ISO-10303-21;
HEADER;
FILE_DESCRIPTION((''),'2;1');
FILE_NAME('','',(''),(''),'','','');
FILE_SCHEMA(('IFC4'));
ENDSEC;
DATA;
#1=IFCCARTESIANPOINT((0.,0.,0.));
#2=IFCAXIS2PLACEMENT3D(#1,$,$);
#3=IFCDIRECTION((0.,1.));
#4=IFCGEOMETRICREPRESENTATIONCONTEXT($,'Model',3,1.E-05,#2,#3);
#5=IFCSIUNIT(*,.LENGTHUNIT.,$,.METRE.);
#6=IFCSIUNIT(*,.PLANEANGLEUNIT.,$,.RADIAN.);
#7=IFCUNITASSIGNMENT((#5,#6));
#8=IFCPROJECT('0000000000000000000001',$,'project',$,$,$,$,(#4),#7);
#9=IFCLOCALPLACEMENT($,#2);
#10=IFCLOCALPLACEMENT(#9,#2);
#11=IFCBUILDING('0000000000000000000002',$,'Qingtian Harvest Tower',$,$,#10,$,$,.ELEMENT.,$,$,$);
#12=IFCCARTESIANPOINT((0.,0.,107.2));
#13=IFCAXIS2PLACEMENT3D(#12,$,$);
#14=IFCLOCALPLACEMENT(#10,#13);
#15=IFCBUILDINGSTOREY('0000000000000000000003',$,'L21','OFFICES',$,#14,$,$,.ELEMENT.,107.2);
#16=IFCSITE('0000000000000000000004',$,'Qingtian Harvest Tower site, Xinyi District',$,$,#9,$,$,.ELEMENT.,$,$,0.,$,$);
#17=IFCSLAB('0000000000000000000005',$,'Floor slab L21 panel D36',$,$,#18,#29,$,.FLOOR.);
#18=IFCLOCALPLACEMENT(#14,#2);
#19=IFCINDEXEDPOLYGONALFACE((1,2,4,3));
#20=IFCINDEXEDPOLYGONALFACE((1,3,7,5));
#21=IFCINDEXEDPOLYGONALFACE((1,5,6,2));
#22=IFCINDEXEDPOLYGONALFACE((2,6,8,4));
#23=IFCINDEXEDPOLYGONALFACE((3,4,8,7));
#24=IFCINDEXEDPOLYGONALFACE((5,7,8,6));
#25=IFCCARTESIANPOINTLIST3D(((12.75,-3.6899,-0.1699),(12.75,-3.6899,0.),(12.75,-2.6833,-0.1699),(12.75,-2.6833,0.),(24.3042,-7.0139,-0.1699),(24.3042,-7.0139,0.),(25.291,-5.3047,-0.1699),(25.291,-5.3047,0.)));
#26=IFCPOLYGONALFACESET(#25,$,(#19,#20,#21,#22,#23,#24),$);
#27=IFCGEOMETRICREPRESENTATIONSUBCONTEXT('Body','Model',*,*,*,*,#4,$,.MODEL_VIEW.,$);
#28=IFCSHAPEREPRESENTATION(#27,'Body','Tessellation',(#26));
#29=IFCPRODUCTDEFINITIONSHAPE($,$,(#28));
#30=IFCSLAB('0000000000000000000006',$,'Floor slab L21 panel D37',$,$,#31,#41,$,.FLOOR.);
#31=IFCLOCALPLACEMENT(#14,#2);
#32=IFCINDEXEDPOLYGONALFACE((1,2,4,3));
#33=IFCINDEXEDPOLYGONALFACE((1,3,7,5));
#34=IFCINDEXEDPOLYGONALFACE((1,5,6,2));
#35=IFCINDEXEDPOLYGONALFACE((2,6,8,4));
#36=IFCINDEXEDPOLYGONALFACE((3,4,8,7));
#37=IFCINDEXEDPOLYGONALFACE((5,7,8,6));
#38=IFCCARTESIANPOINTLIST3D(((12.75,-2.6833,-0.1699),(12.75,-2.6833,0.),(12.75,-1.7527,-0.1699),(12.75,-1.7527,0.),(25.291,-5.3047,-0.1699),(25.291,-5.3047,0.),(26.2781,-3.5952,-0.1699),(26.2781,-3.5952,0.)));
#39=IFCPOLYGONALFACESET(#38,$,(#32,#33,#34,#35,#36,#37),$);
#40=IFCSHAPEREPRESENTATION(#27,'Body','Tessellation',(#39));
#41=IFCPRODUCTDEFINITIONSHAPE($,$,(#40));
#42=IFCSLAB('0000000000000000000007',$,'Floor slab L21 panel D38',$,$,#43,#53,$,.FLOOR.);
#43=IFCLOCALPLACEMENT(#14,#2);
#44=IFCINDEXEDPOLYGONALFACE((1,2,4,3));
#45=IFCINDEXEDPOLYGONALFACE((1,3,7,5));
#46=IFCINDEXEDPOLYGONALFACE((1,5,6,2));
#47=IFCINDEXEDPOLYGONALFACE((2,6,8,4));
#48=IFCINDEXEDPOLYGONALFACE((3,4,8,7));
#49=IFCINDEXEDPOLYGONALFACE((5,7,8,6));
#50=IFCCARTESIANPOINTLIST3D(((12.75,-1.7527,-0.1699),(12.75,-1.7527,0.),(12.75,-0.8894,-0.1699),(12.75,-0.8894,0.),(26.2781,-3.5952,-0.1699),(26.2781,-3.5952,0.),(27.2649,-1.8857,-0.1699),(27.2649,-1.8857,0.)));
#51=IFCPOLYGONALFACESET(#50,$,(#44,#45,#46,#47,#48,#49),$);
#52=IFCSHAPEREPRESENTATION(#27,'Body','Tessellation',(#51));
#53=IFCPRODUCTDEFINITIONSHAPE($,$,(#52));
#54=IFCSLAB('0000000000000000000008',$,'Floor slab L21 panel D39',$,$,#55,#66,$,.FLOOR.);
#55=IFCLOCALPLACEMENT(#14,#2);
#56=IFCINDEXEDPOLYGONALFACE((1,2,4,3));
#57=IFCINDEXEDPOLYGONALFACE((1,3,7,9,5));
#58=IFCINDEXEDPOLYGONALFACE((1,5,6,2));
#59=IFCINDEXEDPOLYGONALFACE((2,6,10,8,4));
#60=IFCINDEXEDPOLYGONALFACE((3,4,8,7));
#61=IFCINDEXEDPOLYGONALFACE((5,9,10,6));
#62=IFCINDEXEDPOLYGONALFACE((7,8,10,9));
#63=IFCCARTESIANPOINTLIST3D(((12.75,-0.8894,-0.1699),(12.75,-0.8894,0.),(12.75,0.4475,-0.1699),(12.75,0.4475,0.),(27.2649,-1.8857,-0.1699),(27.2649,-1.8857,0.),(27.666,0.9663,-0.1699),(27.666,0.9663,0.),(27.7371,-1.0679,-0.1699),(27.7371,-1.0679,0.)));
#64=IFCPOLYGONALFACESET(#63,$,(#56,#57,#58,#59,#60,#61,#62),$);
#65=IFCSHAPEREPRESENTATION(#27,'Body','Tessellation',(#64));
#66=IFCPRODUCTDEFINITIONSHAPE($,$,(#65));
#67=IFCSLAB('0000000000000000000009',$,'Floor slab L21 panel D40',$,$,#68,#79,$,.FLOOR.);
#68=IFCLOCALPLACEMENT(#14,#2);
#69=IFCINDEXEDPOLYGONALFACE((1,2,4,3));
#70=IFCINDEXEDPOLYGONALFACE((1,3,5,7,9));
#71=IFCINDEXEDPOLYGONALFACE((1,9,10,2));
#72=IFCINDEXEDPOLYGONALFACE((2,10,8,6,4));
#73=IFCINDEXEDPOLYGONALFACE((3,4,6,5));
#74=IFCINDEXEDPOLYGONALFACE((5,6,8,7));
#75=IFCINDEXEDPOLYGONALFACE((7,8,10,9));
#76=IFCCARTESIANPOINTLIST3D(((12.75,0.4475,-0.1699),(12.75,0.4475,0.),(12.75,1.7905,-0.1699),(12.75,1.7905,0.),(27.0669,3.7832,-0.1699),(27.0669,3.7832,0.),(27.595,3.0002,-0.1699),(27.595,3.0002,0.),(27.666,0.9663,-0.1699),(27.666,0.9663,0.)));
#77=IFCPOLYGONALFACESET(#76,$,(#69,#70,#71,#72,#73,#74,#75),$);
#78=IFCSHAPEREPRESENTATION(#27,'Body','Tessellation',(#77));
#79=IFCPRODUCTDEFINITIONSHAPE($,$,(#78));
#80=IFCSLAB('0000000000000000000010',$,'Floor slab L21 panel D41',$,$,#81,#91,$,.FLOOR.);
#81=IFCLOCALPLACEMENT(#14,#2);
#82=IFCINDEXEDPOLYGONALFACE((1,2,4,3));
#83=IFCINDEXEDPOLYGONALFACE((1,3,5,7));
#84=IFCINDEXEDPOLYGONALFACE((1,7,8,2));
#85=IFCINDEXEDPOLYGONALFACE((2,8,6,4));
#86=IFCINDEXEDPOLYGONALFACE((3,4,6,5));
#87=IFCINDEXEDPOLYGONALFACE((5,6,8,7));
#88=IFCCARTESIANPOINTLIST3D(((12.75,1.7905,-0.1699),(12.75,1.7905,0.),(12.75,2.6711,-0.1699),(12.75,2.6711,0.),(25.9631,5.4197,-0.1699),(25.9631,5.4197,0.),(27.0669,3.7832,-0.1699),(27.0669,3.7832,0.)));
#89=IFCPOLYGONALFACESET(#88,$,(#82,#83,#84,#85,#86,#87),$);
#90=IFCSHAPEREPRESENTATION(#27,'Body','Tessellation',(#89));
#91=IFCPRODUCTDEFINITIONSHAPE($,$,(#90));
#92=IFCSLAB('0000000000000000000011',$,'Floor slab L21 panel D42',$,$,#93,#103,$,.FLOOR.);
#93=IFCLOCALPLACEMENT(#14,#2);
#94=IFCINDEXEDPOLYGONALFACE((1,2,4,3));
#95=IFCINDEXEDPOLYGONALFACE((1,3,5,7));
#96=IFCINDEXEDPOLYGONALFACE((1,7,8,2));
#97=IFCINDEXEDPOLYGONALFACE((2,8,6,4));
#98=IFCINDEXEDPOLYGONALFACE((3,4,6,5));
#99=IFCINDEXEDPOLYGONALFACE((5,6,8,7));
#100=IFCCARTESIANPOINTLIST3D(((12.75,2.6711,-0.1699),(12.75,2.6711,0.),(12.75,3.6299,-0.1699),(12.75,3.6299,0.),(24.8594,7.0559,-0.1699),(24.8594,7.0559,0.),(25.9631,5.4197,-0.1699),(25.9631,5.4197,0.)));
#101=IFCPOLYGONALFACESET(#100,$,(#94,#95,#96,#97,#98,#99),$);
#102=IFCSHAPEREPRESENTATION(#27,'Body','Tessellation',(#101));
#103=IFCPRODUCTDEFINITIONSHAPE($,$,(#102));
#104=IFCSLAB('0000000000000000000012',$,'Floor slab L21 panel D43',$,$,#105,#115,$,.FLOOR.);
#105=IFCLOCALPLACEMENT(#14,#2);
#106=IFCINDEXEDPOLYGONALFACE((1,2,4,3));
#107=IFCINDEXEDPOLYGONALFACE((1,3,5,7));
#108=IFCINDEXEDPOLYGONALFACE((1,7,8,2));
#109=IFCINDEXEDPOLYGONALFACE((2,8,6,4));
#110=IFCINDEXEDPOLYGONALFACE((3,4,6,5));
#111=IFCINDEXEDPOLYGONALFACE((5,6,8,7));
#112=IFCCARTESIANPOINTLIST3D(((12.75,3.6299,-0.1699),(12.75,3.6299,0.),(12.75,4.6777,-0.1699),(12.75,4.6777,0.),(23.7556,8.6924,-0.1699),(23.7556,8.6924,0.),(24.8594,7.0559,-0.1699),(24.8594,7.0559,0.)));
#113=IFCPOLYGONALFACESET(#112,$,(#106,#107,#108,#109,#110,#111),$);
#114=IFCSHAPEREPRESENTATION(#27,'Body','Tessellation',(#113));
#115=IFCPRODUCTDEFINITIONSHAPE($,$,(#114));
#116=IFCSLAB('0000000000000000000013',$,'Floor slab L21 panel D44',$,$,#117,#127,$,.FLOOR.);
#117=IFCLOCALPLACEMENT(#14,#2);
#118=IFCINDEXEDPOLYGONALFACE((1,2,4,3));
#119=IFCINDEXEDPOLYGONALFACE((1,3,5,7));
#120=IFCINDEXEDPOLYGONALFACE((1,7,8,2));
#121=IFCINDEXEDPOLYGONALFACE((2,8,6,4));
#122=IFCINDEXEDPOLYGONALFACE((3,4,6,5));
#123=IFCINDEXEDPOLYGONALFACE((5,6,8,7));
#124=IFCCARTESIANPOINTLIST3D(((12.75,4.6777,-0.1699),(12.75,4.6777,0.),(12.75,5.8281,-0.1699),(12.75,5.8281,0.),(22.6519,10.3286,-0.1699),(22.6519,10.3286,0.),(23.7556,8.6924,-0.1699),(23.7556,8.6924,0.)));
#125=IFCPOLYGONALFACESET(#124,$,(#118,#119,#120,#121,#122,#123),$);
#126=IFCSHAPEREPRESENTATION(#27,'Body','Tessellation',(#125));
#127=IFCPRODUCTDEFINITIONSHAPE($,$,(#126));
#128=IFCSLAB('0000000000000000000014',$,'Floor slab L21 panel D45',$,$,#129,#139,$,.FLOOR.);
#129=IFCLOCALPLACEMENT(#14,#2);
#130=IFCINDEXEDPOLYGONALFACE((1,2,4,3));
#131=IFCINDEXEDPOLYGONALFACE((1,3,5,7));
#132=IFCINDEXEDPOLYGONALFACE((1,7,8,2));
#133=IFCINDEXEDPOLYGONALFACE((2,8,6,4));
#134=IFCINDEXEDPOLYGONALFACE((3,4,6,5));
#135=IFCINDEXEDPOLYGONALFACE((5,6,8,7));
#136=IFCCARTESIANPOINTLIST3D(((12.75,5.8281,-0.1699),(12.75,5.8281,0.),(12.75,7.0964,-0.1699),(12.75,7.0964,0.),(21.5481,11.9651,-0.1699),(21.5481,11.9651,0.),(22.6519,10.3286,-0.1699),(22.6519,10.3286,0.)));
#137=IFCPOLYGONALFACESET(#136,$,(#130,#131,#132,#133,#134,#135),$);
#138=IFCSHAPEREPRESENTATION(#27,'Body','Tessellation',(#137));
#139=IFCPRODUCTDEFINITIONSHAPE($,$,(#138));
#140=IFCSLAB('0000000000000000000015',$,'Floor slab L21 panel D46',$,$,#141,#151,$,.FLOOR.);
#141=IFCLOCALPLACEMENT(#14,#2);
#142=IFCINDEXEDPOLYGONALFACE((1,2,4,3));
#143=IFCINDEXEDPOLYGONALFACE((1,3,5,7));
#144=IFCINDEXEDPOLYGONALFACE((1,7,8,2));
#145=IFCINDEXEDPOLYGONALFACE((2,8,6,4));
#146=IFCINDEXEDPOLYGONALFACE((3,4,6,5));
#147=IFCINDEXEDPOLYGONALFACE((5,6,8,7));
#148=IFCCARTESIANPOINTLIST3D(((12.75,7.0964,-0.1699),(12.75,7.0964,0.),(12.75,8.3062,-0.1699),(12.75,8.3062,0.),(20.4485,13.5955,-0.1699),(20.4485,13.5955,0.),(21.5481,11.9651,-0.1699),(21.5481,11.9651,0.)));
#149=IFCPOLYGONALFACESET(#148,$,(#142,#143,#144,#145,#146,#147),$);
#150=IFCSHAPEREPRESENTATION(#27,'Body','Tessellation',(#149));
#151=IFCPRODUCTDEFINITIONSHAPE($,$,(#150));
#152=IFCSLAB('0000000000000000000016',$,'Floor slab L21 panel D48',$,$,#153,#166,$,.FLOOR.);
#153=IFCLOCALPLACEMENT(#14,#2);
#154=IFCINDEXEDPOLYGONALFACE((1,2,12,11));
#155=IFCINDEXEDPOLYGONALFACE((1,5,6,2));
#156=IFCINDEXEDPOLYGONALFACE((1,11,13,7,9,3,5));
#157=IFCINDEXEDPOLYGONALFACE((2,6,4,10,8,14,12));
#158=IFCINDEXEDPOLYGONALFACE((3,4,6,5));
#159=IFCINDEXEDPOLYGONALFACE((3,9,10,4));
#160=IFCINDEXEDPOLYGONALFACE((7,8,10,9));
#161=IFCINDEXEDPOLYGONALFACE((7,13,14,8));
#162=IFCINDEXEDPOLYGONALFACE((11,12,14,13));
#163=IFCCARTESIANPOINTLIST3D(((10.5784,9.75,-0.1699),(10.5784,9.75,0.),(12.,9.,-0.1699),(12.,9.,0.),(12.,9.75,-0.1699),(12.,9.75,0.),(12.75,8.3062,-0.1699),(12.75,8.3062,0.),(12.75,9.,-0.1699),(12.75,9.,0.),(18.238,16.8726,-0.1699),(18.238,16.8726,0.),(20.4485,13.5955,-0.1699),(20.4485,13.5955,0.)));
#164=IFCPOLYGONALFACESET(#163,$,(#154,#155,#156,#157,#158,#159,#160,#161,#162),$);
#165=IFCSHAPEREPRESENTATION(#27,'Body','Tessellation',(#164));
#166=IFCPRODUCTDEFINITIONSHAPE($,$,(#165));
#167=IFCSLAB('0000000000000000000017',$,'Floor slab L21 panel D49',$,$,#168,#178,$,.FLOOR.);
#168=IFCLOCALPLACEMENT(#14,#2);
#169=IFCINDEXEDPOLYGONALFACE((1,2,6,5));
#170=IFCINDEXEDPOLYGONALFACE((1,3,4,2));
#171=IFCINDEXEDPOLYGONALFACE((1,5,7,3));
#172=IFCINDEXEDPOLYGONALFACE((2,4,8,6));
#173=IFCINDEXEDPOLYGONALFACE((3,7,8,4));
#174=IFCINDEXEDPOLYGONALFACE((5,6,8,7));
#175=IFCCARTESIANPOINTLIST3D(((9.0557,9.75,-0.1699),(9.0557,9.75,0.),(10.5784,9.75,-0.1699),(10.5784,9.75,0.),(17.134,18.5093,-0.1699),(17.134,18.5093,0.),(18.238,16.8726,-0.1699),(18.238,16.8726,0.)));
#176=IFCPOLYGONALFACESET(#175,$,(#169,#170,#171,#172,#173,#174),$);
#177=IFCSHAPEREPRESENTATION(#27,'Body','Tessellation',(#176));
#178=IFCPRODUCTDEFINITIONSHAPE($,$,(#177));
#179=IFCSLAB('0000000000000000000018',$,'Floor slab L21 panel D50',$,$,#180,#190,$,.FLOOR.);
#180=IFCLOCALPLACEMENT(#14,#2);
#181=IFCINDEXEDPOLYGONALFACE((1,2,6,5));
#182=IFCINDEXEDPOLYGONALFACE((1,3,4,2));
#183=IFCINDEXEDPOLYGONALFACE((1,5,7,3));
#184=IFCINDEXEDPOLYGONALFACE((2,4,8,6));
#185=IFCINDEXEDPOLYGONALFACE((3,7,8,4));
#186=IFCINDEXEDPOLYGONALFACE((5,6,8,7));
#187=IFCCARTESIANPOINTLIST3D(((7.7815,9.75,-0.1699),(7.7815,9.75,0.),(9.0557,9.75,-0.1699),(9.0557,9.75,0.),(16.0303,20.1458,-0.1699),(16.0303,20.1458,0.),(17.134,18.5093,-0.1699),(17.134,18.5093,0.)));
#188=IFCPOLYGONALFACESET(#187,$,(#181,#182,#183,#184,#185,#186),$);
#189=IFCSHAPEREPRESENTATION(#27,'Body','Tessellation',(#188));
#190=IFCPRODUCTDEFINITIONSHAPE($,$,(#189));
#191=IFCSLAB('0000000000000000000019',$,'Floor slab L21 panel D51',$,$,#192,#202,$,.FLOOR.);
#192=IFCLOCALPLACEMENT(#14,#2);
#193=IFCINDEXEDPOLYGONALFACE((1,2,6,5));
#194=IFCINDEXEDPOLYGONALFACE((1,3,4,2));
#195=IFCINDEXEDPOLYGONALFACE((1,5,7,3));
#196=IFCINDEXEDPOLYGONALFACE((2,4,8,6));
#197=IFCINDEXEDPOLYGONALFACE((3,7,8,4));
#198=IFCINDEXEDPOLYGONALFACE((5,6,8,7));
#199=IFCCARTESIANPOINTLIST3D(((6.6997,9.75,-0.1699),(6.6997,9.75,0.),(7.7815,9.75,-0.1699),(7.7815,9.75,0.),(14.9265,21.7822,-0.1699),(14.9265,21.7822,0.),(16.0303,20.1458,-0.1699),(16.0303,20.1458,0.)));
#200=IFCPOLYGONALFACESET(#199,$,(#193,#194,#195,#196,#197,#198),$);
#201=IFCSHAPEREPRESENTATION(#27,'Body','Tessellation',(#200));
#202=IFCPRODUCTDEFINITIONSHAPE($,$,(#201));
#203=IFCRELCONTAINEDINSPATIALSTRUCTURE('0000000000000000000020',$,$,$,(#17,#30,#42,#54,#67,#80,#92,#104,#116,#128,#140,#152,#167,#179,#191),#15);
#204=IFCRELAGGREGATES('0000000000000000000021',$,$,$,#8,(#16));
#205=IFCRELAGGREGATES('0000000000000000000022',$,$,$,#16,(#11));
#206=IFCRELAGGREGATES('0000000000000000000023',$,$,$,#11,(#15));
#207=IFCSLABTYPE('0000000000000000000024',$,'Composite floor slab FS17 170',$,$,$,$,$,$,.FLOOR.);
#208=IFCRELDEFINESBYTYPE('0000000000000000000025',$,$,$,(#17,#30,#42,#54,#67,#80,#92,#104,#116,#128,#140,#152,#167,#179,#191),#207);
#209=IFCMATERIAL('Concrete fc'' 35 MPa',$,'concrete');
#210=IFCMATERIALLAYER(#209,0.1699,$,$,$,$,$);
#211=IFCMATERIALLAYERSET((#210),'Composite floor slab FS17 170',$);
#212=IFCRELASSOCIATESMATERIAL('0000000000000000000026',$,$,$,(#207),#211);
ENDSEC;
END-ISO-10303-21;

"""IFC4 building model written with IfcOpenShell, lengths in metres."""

from ifc_helpers import new_model, si_unit, direction, frame, origin, place, context, subcontext, project, spatial, polyline, outline, extrude, material, layer, layer_set, type_object, element, save


model = new_model("IFC4")

# Units and contexts
model_context = context("Model", 3, precision=1e-05, world=origin(), true_north=direction((0.0, 1.0)))
body_context = subcontext(model_context, "Body", "Model", "MODEL_VIEW")
ifc_project = project(units=[si_unit("LENGTHUNIT", "METRE"), si_unit("PLANEANGLEUNIT", "RADIAN")], contexts=[model_context])

# Site, building, storey
site_placement = place(None, origin())
site = spatial("IfcSite", under=ifc_project, at=site_placement, Name="Qingtian Harvest Tower site, Xinyi District", CompositionType="ELEMENT", RefElevation=0.0)
building_placement = place(site_placement, origin())
building = spatial("IfcBuilding", under=site, at=building_placement, Name="Qingtian Harvest Tower", CompositionType="ELEMENT")
storey_placement = place(building_placement, frame((0.0, 0.0, 107.2)))
storey = spatial("IfcBuildingStorey", under=building, at=storey_placement, Name="L21", Description="OFFICES", CompositionType="ELEMENT", Elevation=107.2)

# Slabs
ifc_material_1 = material(Name="Concrete fc' 35 MPa", Category="concrete")
ifc_layer_1 = layer(ifc_material_1, 0.1699)
ifc_layer_set_1 = layer_set([ifc_layer_1], Name="Composite floor slab FS17 170")
slab_type = type_object("IfcSlabType", Name="Composite floor slab FS17 170", PredefinedType="FLOOR", material=ifc_layer_set_1)
slab_1_placement = place(storey_placement, frame((0.0, 0.0, -0.1699)))
element("IfcSlab", 1, at=slab_1_placement, inside=storey, type_object=slab_type, Name="Floor slab L21 panel D36", PredefinedType="FLOOR", context=body_context, shape_type="SweptSolid", body=[
    extrude(outline(polyline([(12.75, -2.6833), (25.291, -5.3047), (24.3042, -7.0139), (12.75, -3.6899), (12.75, -2.6833)])), origin(), (0.0, 0.0, 1.0), 0.1699),
])
slab_2_placement = place(storey_placement, frame((0.0, 0.0, -0.1699)))
element("IfcSlab", 2, at=slab_2_placement, inside=storey, type_object=slab_type, Name="Floor slab L21 panel D37", PredefinedType="FLOOR", context=body_context, shape_type="SweptSolid", body=[
    extrude(outline(polyline([(12.75, -1.7527), (26.2781, -3.5952), (25.291, -5.3047), (12.75, -2.6833), (12.75, -1.7527)])), origin(), (0.0, 0.0, 1.0), 0.1699),
])
slab_3_placement = place(storey_placement, frame((0.0, 0.0, -0.1699)))
element("IfcSlab", 3, at=slab_3_placement, inside=storey, type_object=slab_type, Name="Floor slab L21 panel D38", PredefinedType="FLOOR", context=body_context, shape_type="SweptSolid", body=[
    extrude(outline(polyline([(12.75, -0.8894), (27.2649, -1.8857), (26.2781, -3.5952), (12.75, -1.7527), (12.75, -0.8894)])), origin(), (0.0, 0.0, 1.0), 0.1699),
])
slab_4_placement = place(storey_placement, frame((0.0, 0.0, -0.1699)))
element("IfcSlab", 4, at=slab_4_placement, inside=storey, type_object=slab_type, Name="Floor slab L21 panel D39", PredefinedType="FLOOR", context=body_context, shape_type="SweptSolid", body=[
    extrude(outline(polyline([(12.75, -0.8894), (12.75, 0.4475), (27.666, 0.9663), (27.7371, -1.0679), (27.2649, -1.8857), (12.75, -0.8894)])), origin(), (0.0, 0.0, 1.0), 0.1699),
])
slab_5_placement = place(storey_placement, frame((0.0, 0.0, -0.1699)))
element("IfcSlab", 5, at=slab_5_placement, inside=storey, type_object=slab_type, Name="Floor slab L21 panel D40", PredefinedType="FLOOR", context=body_context, shape_type="SweptSolid", body=[
    extrude(outline(polyline([(12.75, 0.4475), (12.75, 1.7905), (27.0669, 3.7832), (27.595, 3.0002), (27.666, 0.9663), (12.75, 0.4475)])), origin(), (0.0, 0.0, 1.0), 0.1699),
])
slab_6_placement = place(storey_placement, frame((0.0, 0.0, -0.1699)))
element("IfcSlab", 6, at=slab_6_placement, inside=storey, type_object=slab_type, Name="Floor slab L21 panel D41", PredefinedType="FLOOR", context=body_context, shape_type="SweptSolid", body=[
    extrude(outline(polyline([(12.75, 2.6711), (25.9631, 5.4197), (27.0669, 3.7832), (12.75, 1.7905), (12.75, 2.6711)])), origin(), (0.0, 0.0, 1.0), 0.1699),
])
slab_7_placement = place(storey_placement, frame((0.0, 0.0, -0.1699)))
element("IfcSlab", 7, at=slab_7_placement, inside=storey, type_object=slab_type, Name="Floor slab L21 panel D42", PredefinedType="FLOOR", context=body_context, shape_type="SweptSolid", body=[
    extrude(outline(polyline([(12.75, 3.6299), (24.8594, 7.0559), (25.9631, 5.4197), (12.75, 2.6711), (12.75, 3.6299)])), origin(), (0.0, 0.0, 1.0), 0.1699),
])
slab_8_placement = place(storey_placement, frame((0.0, 0.0, -0.1699)))
element("IfcSlab", 8, at=slab_8_placement, inside=storey, type_object=slab_type, Name="Floor slab L21 panel D43", PredefinedType="FLOOR", context=body_context, shape_type="SweptSolid", body=[
    extrude(outline(polyline([(12.75, 4.6777), (23.7556, 8.6924), (24.8594, 7.0559), (12.75, 3.6299), (12.75, 4.6777)])), origin(), (0.0, 0.0, 1.0), 0.1699),
])
slab_9_placement = place(storey_placement, frame((0.0, 0.0, -0.1699)))
element("IfcSlab", 9, at=slab_9_placement, inside=storey, type_object=slab_type, Name="Floor slab L21 panel D44", PredefinedType="FLOOR", context=body_context, shape_type="SweptSolid", body=[
    extrude(outline(polyline([(12.75, 5.8281), (22.6519, 10.3286), (23.7556, 8.6924), (12.75, 4.6777), (12.75, 5.8281)])), origin(), (0.0, 0.0, 1.0), 0.1699),
])
slab_10_placement = place(storey_placement, frame((0.0, 0.0, -0.1699)))
element("IfcSlab", 10, at=slab_10_placement, inside=storey, type_object=slab_type, Name="Floor slab L21 panel D45", PredefinedType="FLOOR", context=body_context, shape_type="SweptSolid", body=[
    extrude(outline(polyline([(12.75, 7.0964), (21.5481, 11.9651), (22.6519, 10.3286), (12.75, 5.8281), (12.75, 7.0964)])), origin(), (0.0, 0.0, 1.0), 0.1699),
])
slab_11_placement = place(storey_placement, frame((0.0, 0.0, -0.1699)))
element("IfcSlab", 11, at=slab_11_placement, inside=storey, type_object=slab_type, Name="Floor slab L21 panel D46", PredefinedType="FLOOR", context=body_context, shape_type="SweptSolid", body=[
    extrude(outline(polyline([(12.75, 8.3062), (20.4485, 13.5955), (21.5481, 11.9651), (12.75, 7.0964), (12.75, 8.3062)])), origin(), (0.0, 0.0, 1.0), 0.1699),
])
slab_12_placement = place(storey_placement, frame((0.0, 0.0, -0.1699)))
element("IfcSlab", 12, at=slab_12_placement, inside=storey, type_object=slab_type, Name="Floor slab L21 panel D48", PredefinedType="FLOOR", context=body_context, shape_type="SweptSolid", body=[
    extrude(outline(polyline([(18.238, 16.8726), (20.4485, 13.5955), (12.75, 8.3062), (12.75, 9.0), (12.0, 9.0), (12.0, 9.75), (10.5784, 9.75), (18.238, 16.8726)])), origin(), (0.0, 0.0, 1.0), 0.1699),
])
slab_13_placement = place(storey_placement, frame((0.0, 0.0, -0.1699)))
element("IfcSlab", 13, at=slab_13_placement, inside=storey, type_object=slab_type, Name="Floor slab L21 panel D49", PredefinedType="FLOOR", context=body_context, shape_type="SweptSolid", body=[
    extrude(outline(polyline([(9.0557, 9.75), (17.134, 18.5093), (18.238, 16.8726), (10.5784, 9.75), (9.0557, 9.75)])), origin(), (0.0, 0.0, 1.0), 0.1699),
])
slab_14_placement = place(storey_placement, frame((0.0, 0.0, -0.1699)))
element("IfcSlab", 14, at=slab_14_placement, inside=storey, type_object=slab_type, Name="Floor slab L21 panel D50", PredefinedType="FLOOR", context=body_context, shape_type="SweptSolid", body=[
    extrude(outline(polyline([(7.7815, 9.75), (16.0303, 20.1458), (17.134, 18.5093), (9.0557, 9.75), (7.7815, 9.75)])), origin(), (0.0, 0.0, 1.0), 0.1699),
])
slab_15_placement = place(storey_placement, frame((0.0, 0.0, -0.1699)))
element("IfcSlab", 15, at=slab_15_placement, inside=storey, type_object=slab_type, Name="Floor slab L21 panel D51", PredefinedType="FLOOR", context=body_context, shape_type="SweptSolid", body=[
    extrude(outline(polyline([(6.6997, 9.75), (14.9265, 21.7822), (16.0303, 20.1458), (7.7815, 9.75), (6.6997, 9.75)])), origin(), (0.0, 0.0, 1.0), 0.1699),
])

save(model, "model.ifc")
